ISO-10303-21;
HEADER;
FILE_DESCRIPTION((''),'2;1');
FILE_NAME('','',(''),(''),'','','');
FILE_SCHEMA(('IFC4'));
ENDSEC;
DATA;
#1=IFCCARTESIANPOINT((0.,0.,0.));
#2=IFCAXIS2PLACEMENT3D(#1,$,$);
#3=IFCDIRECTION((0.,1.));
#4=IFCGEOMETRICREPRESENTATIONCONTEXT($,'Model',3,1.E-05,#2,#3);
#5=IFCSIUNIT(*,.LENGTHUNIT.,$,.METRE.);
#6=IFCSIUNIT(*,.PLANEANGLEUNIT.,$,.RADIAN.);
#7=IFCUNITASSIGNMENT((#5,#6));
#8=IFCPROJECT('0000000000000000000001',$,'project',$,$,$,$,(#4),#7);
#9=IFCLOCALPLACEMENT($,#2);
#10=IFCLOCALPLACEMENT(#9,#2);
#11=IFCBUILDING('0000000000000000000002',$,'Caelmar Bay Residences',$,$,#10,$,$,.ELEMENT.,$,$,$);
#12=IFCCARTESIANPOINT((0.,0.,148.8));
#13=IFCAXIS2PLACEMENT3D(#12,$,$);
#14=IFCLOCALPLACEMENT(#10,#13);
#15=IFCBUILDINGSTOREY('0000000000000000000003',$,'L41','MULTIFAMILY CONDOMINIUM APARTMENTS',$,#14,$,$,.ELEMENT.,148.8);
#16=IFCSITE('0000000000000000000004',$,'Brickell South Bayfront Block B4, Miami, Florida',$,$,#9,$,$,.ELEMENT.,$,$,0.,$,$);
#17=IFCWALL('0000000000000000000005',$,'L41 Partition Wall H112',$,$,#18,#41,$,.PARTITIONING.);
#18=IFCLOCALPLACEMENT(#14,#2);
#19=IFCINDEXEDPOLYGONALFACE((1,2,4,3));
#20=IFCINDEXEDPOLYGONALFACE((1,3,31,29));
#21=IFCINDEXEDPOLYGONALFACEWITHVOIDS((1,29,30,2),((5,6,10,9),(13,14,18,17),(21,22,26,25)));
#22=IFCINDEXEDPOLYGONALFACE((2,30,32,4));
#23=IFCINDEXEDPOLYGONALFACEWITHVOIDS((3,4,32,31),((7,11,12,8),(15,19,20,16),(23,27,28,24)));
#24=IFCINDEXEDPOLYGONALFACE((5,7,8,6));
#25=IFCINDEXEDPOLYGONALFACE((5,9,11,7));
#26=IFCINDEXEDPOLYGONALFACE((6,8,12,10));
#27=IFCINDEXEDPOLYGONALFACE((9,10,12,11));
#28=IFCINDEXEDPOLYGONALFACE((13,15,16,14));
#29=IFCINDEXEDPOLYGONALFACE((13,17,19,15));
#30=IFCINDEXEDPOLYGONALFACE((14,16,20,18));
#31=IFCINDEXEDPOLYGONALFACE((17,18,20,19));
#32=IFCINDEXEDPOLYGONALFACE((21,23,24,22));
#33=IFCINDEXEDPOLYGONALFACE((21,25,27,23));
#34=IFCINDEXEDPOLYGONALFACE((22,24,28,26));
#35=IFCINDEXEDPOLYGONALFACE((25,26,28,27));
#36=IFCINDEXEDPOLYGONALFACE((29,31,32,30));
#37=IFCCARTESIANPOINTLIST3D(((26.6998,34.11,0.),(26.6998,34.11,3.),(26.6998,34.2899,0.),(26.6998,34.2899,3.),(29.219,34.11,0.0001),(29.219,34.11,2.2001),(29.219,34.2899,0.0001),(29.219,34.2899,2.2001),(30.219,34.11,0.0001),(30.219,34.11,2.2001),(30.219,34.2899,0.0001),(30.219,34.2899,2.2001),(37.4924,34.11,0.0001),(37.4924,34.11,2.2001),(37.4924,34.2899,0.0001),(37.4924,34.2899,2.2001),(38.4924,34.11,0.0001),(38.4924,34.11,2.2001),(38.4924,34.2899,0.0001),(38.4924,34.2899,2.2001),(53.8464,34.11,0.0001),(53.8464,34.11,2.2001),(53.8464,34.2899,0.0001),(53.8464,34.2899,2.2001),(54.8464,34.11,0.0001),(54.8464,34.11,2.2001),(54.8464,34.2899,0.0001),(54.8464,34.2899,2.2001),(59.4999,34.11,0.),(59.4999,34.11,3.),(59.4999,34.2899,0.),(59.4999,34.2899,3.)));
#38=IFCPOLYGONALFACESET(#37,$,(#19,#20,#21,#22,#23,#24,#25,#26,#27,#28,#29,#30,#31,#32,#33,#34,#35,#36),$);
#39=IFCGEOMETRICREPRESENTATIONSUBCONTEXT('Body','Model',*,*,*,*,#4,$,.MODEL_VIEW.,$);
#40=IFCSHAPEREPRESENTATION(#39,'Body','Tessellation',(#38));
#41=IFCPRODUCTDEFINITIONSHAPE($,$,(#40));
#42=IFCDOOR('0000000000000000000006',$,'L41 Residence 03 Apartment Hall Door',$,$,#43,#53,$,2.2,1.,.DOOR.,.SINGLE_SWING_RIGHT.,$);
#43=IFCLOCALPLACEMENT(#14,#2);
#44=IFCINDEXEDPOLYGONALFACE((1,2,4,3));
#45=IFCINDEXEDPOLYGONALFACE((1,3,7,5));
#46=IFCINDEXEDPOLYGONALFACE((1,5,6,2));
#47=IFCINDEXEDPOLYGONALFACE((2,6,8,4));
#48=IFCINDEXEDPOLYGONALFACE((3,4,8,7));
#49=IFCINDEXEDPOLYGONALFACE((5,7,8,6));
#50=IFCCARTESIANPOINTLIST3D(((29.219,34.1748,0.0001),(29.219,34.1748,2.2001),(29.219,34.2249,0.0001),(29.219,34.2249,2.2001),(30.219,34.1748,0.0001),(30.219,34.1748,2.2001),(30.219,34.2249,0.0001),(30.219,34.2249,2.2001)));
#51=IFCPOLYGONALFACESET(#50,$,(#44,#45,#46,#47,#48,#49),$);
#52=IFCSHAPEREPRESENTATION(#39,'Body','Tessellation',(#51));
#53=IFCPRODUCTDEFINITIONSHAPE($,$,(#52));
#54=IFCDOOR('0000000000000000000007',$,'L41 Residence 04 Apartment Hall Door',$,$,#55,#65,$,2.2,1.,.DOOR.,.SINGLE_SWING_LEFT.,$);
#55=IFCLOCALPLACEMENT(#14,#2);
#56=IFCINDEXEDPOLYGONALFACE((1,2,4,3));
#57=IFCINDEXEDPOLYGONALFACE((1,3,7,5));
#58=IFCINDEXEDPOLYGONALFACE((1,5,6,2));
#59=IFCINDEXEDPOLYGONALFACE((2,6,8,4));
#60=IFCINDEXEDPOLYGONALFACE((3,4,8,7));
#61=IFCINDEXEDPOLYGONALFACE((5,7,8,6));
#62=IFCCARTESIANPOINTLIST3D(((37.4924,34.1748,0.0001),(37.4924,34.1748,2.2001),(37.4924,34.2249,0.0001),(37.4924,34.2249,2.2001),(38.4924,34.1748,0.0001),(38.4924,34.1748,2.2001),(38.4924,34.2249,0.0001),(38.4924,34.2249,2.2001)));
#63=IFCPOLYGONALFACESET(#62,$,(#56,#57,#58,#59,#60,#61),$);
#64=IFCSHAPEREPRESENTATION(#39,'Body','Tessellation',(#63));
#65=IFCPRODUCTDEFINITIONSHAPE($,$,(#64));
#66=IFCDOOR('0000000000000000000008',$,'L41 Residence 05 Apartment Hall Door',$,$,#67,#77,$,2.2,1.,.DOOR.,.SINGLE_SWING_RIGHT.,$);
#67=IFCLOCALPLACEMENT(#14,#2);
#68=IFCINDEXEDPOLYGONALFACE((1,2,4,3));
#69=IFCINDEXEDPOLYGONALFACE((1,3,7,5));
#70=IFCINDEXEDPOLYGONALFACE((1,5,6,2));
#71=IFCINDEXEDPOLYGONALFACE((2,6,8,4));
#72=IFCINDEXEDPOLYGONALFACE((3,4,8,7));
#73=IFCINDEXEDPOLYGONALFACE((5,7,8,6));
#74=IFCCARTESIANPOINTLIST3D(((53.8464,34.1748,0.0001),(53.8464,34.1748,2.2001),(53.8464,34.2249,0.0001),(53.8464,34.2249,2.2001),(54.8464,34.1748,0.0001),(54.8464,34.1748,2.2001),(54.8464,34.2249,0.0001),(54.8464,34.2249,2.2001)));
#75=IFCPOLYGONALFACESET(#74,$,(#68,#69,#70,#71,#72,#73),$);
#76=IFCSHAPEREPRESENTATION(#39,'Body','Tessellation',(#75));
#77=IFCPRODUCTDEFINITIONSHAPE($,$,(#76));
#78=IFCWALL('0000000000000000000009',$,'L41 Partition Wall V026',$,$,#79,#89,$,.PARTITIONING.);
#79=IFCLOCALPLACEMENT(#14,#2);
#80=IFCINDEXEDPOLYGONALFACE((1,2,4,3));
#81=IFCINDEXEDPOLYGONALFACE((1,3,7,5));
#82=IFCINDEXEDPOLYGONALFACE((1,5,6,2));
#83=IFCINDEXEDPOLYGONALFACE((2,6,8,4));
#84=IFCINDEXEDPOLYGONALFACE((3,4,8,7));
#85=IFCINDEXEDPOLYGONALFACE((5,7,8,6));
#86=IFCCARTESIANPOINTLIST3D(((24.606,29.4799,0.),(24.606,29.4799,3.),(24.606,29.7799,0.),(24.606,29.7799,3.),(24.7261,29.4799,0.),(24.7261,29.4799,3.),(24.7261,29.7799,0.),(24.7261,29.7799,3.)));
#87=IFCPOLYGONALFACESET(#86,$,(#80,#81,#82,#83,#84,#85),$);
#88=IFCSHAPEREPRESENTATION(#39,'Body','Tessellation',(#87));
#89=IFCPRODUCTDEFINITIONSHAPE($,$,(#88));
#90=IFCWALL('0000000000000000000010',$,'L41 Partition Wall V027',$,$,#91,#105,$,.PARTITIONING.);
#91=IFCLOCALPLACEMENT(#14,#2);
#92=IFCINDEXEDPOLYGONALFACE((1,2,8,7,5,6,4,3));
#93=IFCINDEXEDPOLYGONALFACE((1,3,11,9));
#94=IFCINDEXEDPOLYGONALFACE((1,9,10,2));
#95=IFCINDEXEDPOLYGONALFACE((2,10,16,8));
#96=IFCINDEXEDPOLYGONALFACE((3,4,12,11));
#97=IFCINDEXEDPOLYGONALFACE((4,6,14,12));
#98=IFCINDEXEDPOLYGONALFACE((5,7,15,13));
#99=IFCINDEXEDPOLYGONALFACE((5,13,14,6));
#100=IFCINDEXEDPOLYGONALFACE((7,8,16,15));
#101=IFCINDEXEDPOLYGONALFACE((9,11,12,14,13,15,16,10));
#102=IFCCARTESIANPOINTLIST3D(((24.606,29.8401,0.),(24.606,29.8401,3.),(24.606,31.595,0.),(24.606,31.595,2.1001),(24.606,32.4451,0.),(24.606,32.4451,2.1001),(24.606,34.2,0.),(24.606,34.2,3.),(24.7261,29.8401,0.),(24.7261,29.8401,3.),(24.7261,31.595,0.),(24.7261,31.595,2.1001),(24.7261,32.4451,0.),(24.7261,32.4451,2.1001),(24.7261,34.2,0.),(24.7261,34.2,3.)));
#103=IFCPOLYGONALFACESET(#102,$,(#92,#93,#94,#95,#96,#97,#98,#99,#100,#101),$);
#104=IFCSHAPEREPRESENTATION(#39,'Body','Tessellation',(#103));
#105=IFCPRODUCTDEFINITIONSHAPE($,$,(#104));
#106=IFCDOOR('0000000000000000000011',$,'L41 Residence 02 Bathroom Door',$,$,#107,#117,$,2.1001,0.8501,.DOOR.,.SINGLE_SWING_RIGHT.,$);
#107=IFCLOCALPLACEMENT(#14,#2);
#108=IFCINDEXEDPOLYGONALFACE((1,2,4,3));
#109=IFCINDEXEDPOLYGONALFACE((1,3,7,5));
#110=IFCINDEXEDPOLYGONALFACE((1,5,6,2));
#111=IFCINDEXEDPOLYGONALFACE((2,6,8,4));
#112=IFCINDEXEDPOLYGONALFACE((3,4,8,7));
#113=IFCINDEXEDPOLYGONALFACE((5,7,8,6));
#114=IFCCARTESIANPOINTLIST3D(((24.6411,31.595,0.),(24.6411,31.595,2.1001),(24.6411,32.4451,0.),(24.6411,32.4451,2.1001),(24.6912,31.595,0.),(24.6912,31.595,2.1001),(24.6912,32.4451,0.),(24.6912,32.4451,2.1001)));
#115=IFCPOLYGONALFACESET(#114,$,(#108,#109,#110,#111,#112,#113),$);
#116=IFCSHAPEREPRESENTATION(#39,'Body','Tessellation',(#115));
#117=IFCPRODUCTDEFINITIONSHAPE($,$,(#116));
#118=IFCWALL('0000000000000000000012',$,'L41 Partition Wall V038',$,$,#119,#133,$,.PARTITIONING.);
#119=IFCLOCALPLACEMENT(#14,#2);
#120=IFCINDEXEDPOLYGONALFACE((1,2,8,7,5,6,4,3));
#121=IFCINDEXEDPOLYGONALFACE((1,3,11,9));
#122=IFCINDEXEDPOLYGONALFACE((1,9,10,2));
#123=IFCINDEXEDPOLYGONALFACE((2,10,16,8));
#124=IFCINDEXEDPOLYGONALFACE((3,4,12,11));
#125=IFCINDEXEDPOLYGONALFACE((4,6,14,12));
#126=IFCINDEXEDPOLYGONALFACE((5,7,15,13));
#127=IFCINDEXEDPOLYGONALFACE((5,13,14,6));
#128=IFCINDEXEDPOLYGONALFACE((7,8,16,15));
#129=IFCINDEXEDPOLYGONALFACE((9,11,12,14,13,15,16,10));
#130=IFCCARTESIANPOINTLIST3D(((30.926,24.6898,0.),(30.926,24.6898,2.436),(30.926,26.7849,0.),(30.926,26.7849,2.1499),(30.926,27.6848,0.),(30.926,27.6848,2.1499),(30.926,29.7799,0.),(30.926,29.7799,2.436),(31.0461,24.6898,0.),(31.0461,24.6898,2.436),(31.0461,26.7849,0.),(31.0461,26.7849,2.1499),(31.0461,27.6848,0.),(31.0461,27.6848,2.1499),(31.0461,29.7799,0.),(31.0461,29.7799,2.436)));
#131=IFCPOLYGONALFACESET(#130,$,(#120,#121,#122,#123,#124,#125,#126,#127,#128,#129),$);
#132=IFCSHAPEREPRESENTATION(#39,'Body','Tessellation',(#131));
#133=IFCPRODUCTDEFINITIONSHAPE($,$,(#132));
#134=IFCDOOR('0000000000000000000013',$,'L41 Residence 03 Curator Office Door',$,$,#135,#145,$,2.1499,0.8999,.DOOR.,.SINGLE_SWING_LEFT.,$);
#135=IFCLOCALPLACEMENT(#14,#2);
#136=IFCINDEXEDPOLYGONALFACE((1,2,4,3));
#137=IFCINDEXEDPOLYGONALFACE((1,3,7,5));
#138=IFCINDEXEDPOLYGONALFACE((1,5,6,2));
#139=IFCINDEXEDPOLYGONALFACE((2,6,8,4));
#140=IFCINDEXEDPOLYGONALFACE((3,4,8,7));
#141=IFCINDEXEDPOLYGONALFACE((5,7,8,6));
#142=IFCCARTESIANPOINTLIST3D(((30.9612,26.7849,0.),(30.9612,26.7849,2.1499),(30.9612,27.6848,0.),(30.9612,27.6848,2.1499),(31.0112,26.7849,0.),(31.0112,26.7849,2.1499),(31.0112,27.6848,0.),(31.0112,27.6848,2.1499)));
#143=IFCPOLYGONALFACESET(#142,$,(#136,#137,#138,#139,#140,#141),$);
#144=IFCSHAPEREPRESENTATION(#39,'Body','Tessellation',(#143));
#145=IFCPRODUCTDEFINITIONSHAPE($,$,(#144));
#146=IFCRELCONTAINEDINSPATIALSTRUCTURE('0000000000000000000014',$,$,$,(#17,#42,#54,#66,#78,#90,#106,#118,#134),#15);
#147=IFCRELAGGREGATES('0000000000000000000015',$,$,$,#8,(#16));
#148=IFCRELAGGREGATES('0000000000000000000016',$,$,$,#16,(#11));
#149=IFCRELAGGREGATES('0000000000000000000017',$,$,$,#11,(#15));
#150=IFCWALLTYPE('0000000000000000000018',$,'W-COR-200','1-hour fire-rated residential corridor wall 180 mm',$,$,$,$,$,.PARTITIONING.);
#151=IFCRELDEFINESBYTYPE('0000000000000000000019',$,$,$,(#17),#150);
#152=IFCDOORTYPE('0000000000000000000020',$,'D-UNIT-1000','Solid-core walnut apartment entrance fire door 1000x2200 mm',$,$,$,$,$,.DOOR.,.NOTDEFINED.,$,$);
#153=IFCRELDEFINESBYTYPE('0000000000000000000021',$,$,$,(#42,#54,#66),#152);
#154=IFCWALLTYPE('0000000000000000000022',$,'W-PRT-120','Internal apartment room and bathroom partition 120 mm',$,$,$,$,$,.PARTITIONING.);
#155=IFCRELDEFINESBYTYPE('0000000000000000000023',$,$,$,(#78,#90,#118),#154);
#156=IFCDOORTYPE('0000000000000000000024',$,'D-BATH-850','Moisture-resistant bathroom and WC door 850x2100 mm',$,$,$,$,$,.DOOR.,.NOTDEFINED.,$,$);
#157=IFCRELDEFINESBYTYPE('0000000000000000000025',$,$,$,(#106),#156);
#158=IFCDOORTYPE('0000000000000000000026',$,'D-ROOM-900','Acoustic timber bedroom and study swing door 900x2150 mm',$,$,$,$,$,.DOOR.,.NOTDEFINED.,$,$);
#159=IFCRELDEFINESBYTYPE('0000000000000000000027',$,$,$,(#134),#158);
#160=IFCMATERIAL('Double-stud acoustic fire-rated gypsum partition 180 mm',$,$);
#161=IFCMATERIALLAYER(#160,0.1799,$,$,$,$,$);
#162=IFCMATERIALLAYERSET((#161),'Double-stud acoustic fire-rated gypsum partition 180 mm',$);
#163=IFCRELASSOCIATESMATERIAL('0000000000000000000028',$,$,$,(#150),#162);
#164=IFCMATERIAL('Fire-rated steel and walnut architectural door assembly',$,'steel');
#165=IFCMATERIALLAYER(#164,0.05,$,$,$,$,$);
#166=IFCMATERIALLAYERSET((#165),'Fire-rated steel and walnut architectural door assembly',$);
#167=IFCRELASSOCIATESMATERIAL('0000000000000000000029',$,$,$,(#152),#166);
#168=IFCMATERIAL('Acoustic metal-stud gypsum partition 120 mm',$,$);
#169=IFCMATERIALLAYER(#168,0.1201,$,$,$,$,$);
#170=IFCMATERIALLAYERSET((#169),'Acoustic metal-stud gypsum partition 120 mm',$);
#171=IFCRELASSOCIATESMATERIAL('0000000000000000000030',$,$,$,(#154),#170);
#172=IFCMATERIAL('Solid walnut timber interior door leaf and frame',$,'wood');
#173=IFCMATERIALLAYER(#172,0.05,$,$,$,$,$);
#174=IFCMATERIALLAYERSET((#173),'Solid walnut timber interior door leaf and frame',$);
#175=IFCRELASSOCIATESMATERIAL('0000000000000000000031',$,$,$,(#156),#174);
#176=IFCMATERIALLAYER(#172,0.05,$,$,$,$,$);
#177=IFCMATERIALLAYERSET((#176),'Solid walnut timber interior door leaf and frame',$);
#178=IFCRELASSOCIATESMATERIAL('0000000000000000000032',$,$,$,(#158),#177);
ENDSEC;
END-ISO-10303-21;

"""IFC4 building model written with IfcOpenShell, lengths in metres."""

from ifc_helpers import new_model, si_unit, direction, frame, frame_2d, origin, place, context, subcontext, project, spatial, rectangle, extrude, material, layer, layer_set, type_object, element, fill, save


model = new_model("IFC4")

# Units and contexts
model_context = context("Model", 3, precision=1e-05, world=origin(), true_north=direction((0.0, 1.0)))
body_context = subcontext(model_context, "Body", "Model", "MODEL_VIEW")
ifc_project = project(units=[si_unit("LENGTHUNIT", "METRE"), si_unit("PLANEANGLEUNIT", "RADIAN")], contexts=[model_context])

# Site, building, storey
site_placement = place(None, origin())
site = spatial("IfcSite", under=ifc_project, at=site_placement, Name="Brickell South Bayfront Block B4, Miami, Florida", CompositionType="ELEMENT", RefElevation=0.0)
building_placement = place(site_placement, origin())
building = spatial("IfcBuilding", under=site, at=building_placement, Name="Caelmar Bay Residences", CompositionType="ELEMENT")
storey_placement = place(building_placement, frame((0.0, 0.0, 148.8)))
storey = spatial("IfcBuildingStorey", under=building, at=storey_placement, Name="L41", Description="MULTIFAMILY CONDOMINIUM APARTMENTS", CompositionType="ELEMENT", Elevation=148.8)

# Wall, openings, doors
ifc_material_1 = material(Name="Double-stud acoustic fire-rated gypsum partition 180 mm")
ifc_layer_1 = layer(ifc_material_1, 0.1799)
ifc_layer_set_1 = layer_set([ifc_layer_1], Name="Double-stud acoustic fire-rated gypsum partition 180 mm")
wall_type_1 = type_object("IfcWallType", Name="W-COR-200", Description="1-hour fire-rated residential corridor wall 180 mm", PredefinedType="PARTITIONING", material=ifc_layer_set_1)
wall_1_placement = place(storey_placement, frame((26.7, 34.2, 0.0), z_axis=(0.0, 0.0, 1.0), x_axis=(1.0, 0.0, 0.0)))
wall_1 = element("IfcWall", 1, at=wall_1_placement, inside=storey, type_object=wall_type_1, Name="L41 Partition Wall H112", PredefinedType="PARTITIONING", context=body_context, shape_type="SweptSolid", body=[
    extrude(rectangle(XDim=32.8, YDim=0.1799, at=frame_2d((16.3999, 0.0))), origin(), (0.0, 0.0, 1.0), 3.0),
])
opening_1_placement = place(wall_1_placement, frame((2.519, 0.0, 0.0)))
opening_1 = element("IfcOpeningElement", 2, at=opening_1_placement, cuts=wall_1, PredefinedType="OPENING", context=body_context, shape_type="SweptSolid", body=[
    extrude(rectangle(XDim=1.0, YDim=2.2, at=frame_2d((0.5, 1.1001))), frame((0.0, 0.0999, 0.0), z_axis=(0.0, -1.0, 0.0), x_axis=(1.0, 0.0, 0.0)), (0.0, 0.0, 1.0), 0.2),
])
opening_2_placement = place(wall_1_placement, frame((10.7925, 0.0, 0.0)))
opening_2 = element("IfcOpeningElement", 3, at=opening_2_placement, cuts=wall_1, PredefinedType="OPENING", context=body_context, shape_type="SweptSolid", body=[
    extrude(rectangle(XDim=1.0, YDim=2.2, at=frame_2d((0.5, 1.1001))), frame((0.0, 0.0999, 0.0), z_axis=(0.0, -1.0, 0.0), x_axis=(1.0, 0.0, 0.0)), (0.0, 0.0, 1.0), 0.2),
])
opening_3_placement = place(wall_1_placement, frame((27.1465, 0.0, 0.0)))
opening_3 = element("IfcOpeningElement", 4, at=opening_3_placement, cuts=wall_1, PredefinedType="OPENING", context=body_context, shape_type="SweptSolid", body=[
    extrude(rectangle(XDim=1.0, YDim=2.2, at=frame_2d((0.5, 1.1001))), frame((0.0, 0.0999, 0.0), z_axis=(0.0, -1.0, 0.0), x_axis=(1.0, 0.0, 0.0)), (0.0, 0.0, 1.0), 0.2),
])
ifc_material_2 = material(Name="Fire-rated steel and walnut architectural door assembly", Category="steel")
ifc_layer_2 = layer(ifc_material_2, 0.05)
ifc_layer_set_2 = layer_set([ifc_layer_2], Name="Fire-rated steel and walnut architectural door assembly")
door_type_1 = type_object("IfcDoorType", Name="D-UNIT-1000", Description="Solid-core walnut apartment entrance fire door 1000x2200 mm", OperationType="NOTDEFINED", PredefinedType="DOOR", material=ifc_layer_set_2)
door_1_placement = place(opening_1_placement, origin())
door_1 = element("IfcDoor", 5, at=door_1_placement, inside=storey, type_object=door_type_1, Name="L41 Residence 03 Apartment Hall Door", OperationType="SINGLE_SWING_RIGHT", OverallHeight=2.2, OverallWidth=1.0, PredefinedType="DOOR", context=body_context, shape_type="SweptSolid", body=[
    extrude(rectangle(XDim=1.0, YDim=2.2, at=frame_2d((0.5, 1.1001))), frame((0.0, 0.0249, 0.0), z_axis=(0.0, -1.0, 0.0), x_axis=(1.0, 0.0, 0.0)), (0.0, 0.0, 1.0), 0.05),
])
fill(opening_1, door_1)
door_2_placement = place(opening_2_placement, origin())
door_2 = element("IfcDoor", 6, at=door_2_placement, inside=storey, type_object=door_type_1, Name="L41 Residence 04 Apartment Hall Door", OperationType="SINGLE_SWING_LEFT", OverallHeight=2.2, OverallWidth=1.0, PredefinedType="DOOR", context=body_context, shape_type="SweptSolid", body=[
    extrude(rectangle(XDim=1.0, YDim=2.2, at=frame_2d((0.5, 1.1001))), frame((0.0, 0.0249, 0.0), z_axis=(0.0, -1.0, 0.0), x_axis=(1.0, 0.0, 0.0)), (0.0, 0.0, 1.0), 0.05),
])
fill(opening_2, door_2)
door_3_placement = place(opening_3_placement, origin())
door_3 = element("IfcDoor", 7, at=door_3_placement, inside=storey, type_object=door_type_1, Name="L41 Residence 05 Apartment Hall Door", OperationType="SINGLE_SWING_RIGHT", OverallHeight=2.2, OverallWidth=1.0, PredefinedType="DOOR", context=body_context, shape_type="SweptSolid", body=[
    extrude(rectangle(XDim=1.0, YDim=2.2, at=frame_2d((0.5, 1.1001))), frame((0.0, 0.0249, 0.0), z_axis=(0.0, -1.0, 0.0), x_axis=(1.0, 0.0, 0.0)), (0.0, 0.0, 1.0), 0.05),
])
fill(opening_3, door_3)

# Wall
ifc_material_3 = material(Name="Acoustic metal-stud gypsum partition 120 mm")
ifc_layer_3 = layer(ifc_material_3, 0.1201)
ifc_layer_set_3 = layer_set([ifc_layer_3], Name="Acoustic metal-stud gypsum partition 120 mm")
wall_type_2 = type_object("IfcWallType", Name="W-PRT-120", Description="Internal apartment room and bathroom partition 120 mm", PredefinedType="PARTITIONING", material=ifc_layer_set_3)
wall_2_placement = place(storey_placement, frame((24.666, 29.48, 0.0), z_axis=(0.0, 0.0, 1.0), x_axis=(0.0, 1.0, 0.0)))
element("IfcWall", 8, at=wall_2_placement, inside=storey, type_object=wall_type_2, Name="L41 Partition Wall V026", PredefinedType="PARTITIONING", context=body_context, shape_type="SweptSolid", body=[
    extrude(rectangle(XDim=0.3, YDim=0.1201, at=frame_2d((0.1499, 0.0))), origin(), (0.0, 0.0, 1.0), 3.0),
])

# Walls, openings, doors
wall_3_placement = place(storey_placement, frame((24.666, 29.8401, 0.0), z_axis=(0.0, 0.0, 1.0), x_axis=(0.0, 1.0, 0.0)))
wall_3 = element("IfcWall", 9, at=wall_3_placement, inside=storey, type_object=wall_type_2, Name="L41 Partition Wall V027", PredefinedType="PARTITIONING", context=body_context, shape_type="SweptSolid", body=[
    extrude(rectangle(XDim=4.3599, YDim=0.1201, at=frame_2d((2.1799, 0.0))), origin(), (0.0, 0.0, 1.0), 3.0),
])
opening_4_placement = place(wall_3_placement, frame((1.7549, 0.0, 0.0)))
opening_4 = element("IfcOpeningElement", 10, at=opening_4_placement, cuts=wall_3, PredefinedType="OPENING", context=body_context, shape_type="SweptSolid", body=[
    extrude(rectangle(XDim=0.8501, YDim=2.1001, at=frame_2d((0.425, 1.05))), frame((0.0, 0.0701, 0.0), z_axis=(0.0, -1.0, 0.0), x_axis=(1.0, 0.0, 0.0)), (0.0, 0.0, 1.0), 0.1401),
])
ifc_material_4 = material(Name="Solid walnut timber interior door leaf and frame", Category="wood")
ifc_layer_4 = layer(ifc_material_4, 0.05)
ifc_layer_set_4 = layer_set([ifc_layer_4], Name="Solid walnut timber interior door leaf and frame")
door_type_2 = type_object("IfcDoorType", Name="D-BATH-850", Description="Moisture-resistant bathroom and WC door 850x2100 mm", OperationType="NOTDEFINED", PredefinedType="DOOR", material=ifc_layer_set_4)
door_4_placement = place(opening_4_placement, origin())
door_4 = element("IfcDoor", 11, at=door_4_placement, inside=storey, type_object=door_type_2, Name="L41 Residence 02 Bathroom Door", OperationType="SINGLE_SWING_RIGHT", OverallHeight=2.1001, OverallWidth=0.8501, PredefinedType="DOOR", context=body_context, shape_type="SweptSolid", body=[
    extrude(rectangle(XDim=0.8501, YDim=2.1001, at=frame_2d((0.425, 1.05))), frame((0.0, 0.0249, 0.0), z_axis=(0.0, -1.0, 0.0), x_axis=(1.0, 0.0, 0.0)), (0.0, 0.0, 1.0), 0.05),
])
fill(opening_4, door_4)
wall_4_placement = place(storey_placement, frame((30.9861, 24.6899, 0.0), z_axis=(0.0, 0.0, 1.0), x_axis=(0.0, 1.0, 0.0)))
wall_4 = element("IfcWall", 12, at=wall_4_placement, inside=storey, type_object=wall_type_2, Name="L41 Partition Wall V038", PredefinedType="PARTITIONING", context=body_context, shape_type="SweptSolid", body=[
    extrude(rectangle(XDim=5.0901, YDim=0.1201, at=frame_2d((2.5449, 0.0))), origin(), (0.0, 0.0, 1.0), 2.436),
])
opening_5_placement = place(wall_4_placement, frame((2.095, 0.0, 0.0)))
opening_5 = element("IfcOpeningElement", 13, at=opening_5_placement, cuts=wall_4, PredefinedType="OPENING", context=body_context, shape_type="SweptSolid", body=[
    extrude(rectangle(XDim=0.8999, YDim=2.1499, at=frame_2d((0.45, 1.075))), frame((0.0, 0.0701, 0.0), z_axis=(0.0, -1.0, 0.0), x_axis=(1.0, 0.0, 0.0)), (0.0, 0.0, 1.0), 0.1401),
])
ifc_layer_5 = layer(ifc_material_4, 0.05)
ifc_layer_set_5 = layer_set([ifc_layer_5], Name="Solid walnut timber interior door leaf and frame")
door_type_3 = type_object("IfcDoorType", Name="D-ROOM-900", Description="Acoustic timber bedroom and study swing door 900x2150 mm", OperationType="NOTDEFINED", PredefinedType="DOOR", material=ifc_layer_set_5)
door_5_placement = place(opening_5_placement, origin())
door_5 = element("IfcDoor", 14, at=door_5_placement, inside=storey, type_object=door_type_3, Name="L41 Residence 03 Curator Office Door", OperationType="SINGLE_SWING_LEFT", OverallHeight=2.1499, OverallWidth=0.8999, PredefinedType="DOOR", context=body_context, shape_type="SweptSolid", body=[
    extrude(rectangle(XDim=0.8999, YDim=2.1499, at=frame_2d((0.45, 1.075))), frame((0.0, 0.0249, 0.0), z_axis=(0.0, -1.0, 0.0), x_axis=(1.0, 0.0, 0.0)), (0.0, 0.0, 1.0), 0.05),
])
fill(opening_5, door_5)

save(model, "model.ifc")
